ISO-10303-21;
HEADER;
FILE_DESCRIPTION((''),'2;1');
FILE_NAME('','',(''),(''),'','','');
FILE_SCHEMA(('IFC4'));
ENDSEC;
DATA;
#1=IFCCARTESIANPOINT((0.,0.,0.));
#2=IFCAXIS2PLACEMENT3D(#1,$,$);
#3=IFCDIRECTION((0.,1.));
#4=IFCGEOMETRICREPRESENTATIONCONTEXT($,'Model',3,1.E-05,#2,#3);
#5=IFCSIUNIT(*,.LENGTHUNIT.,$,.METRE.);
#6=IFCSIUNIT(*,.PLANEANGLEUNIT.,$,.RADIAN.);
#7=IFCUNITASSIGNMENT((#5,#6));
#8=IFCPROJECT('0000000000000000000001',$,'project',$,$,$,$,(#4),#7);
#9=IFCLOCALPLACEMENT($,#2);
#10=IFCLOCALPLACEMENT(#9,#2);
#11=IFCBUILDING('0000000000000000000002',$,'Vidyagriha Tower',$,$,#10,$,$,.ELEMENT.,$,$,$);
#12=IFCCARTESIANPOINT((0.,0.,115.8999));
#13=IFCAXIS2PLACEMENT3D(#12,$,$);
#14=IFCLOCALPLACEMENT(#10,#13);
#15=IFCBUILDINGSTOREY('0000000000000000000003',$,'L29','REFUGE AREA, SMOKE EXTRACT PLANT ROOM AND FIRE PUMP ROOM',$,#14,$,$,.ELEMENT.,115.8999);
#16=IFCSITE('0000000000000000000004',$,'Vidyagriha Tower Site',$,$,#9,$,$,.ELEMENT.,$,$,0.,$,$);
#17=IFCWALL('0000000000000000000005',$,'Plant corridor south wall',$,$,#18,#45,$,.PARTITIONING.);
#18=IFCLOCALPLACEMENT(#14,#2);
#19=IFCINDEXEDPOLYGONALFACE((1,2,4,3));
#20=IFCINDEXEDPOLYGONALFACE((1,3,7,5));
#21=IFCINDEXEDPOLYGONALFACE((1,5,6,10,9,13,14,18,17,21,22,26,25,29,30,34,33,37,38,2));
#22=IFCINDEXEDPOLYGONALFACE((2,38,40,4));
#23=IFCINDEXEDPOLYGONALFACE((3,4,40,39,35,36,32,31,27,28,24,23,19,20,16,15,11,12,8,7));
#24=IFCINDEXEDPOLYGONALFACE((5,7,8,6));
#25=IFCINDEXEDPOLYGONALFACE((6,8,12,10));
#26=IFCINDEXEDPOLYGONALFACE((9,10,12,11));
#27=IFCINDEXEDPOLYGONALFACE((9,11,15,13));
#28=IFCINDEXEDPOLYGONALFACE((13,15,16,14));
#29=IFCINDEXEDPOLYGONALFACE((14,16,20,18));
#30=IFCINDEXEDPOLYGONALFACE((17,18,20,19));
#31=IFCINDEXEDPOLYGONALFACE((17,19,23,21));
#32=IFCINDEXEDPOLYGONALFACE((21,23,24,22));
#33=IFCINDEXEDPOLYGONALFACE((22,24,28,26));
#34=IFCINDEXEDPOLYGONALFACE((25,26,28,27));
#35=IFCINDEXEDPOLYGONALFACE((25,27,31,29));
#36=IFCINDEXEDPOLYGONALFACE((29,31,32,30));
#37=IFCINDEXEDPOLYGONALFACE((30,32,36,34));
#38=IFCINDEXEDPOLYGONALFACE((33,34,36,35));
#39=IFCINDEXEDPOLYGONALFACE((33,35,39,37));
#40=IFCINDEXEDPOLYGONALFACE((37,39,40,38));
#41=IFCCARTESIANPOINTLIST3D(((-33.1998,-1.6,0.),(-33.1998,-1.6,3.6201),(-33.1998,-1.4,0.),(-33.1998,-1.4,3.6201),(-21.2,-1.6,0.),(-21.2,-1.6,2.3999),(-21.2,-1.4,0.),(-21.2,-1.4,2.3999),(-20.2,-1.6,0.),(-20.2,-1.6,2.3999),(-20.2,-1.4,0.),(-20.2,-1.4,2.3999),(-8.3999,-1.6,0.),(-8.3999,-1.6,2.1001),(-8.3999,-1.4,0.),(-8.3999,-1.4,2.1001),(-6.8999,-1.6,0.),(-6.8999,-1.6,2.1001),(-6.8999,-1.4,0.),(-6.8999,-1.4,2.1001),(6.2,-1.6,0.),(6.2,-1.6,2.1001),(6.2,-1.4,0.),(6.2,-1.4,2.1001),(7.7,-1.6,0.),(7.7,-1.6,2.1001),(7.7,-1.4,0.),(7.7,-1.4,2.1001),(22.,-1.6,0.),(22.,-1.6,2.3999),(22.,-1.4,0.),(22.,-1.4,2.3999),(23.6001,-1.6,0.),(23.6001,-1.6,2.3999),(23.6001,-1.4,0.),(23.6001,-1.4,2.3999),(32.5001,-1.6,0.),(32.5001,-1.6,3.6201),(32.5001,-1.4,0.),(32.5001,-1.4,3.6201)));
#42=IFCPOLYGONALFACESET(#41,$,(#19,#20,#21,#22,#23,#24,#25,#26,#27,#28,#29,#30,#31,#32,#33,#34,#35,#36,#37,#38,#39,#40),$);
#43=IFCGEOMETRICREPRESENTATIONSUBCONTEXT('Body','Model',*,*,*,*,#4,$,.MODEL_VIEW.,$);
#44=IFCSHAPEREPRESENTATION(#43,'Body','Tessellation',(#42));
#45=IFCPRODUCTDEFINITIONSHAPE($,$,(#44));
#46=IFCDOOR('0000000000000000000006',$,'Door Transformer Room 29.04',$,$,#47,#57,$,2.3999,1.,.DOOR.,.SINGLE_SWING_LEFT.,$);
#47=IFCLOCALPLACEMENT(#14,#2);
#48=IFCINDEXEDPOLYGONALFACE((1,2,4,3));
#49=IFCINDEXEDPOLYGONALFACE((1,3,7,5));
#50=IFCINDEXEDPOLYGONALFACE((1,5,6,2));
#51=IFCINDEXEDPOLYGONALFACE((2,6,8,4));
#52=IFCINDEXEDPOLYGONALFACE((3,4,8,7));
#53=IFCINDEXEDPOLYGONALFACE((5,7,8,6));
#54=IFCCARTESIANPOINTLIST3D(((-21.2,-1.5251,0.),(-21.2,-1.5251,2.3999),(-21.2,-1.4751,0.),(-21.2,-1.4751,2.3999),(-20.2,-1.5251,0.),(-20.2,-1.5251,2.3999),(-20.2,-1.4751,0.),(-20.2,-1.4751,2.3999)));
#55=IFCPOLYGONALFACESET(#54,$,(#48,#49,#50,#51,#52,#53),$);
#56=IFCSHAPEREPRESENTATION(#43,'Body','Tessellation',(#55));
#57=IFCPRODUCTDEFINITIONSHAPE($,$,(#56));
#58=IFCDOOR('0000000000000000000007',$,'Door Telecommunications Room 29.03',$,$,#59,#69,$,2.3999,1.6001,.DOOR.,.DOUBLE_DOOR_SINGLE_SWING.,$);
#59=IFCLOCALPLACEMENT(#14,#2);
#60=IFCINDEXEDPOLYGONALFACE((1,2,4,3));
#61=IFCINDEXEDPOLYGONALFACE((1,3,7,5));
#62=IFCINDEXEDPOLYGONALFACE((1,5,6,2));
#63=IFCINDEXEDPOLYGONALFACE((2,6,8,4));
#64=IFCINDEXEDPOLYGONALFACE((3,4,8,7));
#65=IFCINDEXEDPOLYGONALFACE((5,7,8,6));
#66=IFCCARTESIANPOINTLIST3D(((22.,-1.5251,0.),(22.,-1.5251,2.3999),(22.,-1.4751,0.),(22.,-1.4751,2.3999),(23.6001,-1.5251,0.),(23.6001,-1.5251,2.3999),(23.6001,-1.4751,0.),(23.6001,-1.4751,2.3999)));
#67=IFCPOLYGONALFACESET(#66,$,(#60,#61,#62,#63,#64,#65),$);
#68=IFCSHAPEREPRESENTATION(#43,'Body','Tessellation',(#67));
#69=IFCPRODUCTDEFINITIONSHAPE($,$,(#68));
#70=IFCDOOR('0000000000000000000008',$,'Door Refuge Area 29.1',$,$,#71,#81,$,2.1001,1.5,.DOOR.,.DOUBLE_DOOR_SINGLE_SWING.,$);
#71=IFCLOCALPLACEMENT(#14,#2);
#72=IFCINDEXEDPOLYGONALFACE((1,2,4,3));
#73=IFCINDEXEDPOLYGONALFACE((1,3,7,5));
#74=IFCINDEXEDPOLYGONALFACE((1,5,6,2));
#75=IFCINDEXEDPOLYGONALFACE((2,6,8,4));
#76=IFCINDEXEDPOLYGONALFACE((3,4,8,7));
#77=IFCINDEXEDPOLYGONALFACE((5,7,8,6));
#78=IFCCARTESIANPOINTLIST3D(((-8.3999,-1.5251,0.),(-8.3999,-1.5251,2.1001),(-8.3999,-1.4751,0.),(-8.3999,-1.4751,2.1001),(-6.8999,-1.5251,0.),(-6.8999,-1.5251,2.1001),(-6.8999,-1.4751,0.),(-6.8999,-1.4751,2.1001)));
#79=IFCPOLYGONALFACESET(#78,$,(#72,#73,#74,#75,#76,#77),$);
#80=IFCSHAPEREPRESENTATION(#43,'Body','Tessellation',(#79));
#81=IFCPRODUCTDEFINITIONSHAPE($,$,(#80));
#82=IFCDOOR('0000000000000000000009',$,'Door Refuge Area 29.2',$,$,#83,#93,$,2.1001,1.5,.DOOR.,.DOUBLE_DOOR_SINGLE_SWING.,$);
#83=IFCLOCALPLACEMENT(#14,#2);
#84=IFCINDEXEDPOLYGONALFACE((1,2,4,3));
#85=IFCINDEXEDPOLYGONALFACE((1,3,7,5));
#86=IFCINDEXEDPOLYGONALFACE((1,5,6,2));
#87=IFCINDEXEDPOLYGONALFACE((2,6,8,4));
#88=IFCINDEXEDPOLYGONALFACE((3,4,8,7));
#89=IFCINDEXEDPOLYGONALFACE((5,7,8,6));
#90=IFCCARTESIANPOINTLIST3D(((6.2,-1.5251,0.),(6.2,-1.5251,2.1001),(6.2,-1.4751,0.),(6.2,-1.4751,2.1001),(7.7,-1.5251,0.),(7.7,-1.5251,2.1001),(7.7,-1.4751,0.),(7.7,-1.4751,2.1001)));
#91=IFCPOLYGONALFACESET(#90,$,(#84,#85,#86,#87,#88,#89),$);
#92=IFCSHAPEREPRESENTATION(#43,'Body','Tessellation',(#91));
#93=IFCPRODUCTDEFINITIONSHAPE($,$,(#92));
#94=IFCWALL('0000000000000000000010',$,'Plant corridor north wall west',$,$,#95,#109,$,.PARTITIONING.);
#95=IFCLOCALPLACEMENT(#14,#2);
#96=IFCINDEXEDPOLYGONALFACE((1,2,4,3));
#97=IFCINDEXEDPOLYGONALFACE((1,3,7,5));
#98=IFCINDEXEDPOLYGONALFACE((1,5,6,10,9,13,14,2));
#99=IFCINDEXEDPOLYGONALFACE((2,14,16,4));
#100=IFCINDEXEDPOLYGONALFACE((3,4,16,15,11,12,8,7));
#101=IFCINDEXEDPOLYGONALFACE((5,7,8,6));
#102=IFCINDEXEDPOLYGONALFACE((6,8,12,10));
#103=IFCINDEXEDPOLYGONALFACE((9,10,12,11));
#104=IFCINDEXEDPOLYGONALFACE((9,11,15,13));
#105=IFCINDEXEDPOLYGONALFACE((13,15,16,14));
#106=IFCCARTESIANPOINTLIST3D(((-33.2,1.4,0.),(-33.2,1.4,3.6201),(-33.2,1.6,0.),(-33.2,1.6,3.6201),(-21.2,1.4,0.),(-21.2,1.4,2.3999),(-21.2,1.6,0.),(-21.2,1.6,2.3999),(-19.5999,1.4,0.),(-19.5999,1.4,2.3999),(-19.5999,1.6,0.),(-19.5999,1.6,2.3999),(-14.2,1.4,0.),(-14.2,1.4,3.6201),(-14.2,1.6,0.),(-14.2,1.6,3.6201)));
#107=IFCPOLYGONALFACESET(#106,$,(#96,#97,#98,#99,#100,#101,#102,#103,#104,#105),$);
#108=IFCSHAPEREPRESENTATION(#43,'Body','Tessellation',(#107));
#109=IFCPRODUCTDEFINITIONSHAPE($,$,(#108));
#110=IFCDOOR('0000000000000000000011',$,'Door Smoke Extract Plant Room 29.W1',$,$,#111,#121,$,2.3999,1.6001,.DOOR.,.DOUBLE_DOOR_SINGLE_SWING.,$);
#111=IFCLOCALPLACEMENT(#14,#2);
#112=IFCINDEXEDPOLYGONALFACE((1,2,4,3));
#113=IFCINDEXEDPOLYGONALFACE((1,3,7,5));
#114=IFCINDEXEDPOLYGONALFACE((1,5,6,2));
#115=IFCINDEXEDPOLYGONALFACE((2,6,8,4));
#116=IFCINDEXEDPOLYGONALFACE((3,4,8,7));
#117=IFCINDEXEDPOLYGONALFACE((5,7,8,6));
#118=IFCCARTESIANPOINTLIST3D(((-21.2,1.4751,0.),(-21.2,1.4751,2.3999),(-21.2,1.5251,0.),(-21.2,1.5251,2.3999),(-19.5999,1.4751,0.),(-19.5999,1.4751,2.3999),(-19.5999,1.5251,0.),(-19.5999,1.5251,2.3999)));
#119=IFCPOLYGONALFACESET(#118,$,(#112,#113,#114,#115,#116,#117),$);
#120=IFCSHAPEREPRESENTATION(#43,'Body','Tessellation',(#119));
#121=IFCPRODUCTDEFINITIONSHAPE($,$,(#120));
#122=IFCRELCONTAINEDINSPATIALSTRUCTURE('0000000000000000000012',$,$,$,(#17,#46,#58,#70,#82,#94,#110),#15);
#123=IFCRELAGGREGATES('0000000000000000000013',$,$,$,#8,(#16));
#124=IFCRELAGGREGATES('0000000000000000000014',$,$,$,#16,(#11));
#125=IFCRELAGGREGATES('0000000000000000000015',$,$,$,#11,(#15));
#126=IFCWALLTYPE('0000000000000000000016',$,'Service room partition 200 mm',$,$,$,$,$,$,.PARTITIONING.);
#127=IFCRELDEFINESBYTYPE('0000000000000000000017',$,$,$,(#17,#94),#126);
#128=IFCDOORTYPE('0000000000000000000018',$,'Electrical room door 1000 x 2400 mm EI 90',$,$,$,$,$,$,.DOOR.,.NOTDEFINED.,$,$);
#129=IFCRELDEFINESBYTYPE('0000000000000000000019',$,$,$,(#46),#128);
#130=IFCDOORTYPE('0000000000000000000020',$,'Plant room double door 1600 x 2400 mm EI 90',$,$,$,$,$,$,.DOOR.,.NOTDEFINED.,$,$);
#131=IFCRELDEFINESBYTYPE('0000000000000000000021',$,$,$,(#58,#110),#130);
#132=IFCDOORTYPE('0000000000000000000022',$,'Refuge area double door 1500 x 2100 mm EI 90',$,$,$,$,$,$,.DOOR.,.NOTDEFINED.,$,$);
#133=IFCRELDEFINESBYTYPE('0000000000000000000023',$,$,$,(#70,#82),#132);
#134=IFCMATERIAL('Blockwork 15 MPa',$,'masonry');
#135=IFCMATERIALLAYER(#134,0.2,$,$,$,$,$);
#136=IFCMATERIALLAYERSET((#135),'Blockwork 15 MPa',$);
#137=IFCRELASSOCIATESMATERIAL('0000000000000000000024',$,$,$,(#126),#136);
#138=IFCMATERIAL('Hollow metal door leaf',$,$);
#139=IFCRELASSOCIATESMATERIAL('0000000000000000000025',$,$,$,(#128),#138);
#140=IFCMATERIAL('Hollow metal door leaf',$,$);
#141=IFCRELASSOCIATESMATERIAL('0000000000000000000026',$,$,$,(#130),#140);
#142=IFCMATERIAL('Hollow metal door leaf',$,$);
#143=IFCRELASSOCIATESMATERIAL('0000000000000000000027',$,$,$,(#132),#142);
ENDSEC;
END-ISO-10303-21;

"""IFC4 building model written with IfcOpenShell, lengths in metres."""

from ifc_helpers import new_model, si_unit, direction, frame, frame_2d, origin, place, context, subcontext, project, spatial, rectangle, extrude, material, layer, layer_set, type_object, element, fill, save


model = new_model("IFC4")

# Units and contexts
model_context = context("Model", 3, precision=1e-05, world=origin(), true_north=direction((0.0, 1.0)))
body_context = subcontext(model_context, "Body", "Model", "MODEL_VIEW")
ifc_project = project(units=[si_unit("LENGTHUNIT", "METRE"), si_unit("PLANEANGLEUNIT", "RADIAN")], contexts=[model_context])

# Site, building, storey
site_placement = place(None, origin())
site = spatial("IfcSite", under=ifc_project, at=site_placement, Name="Vidyagriha Tower Site", CompositionType="ELEMENT", RefElevation=0.0)
building_placement = place(site_placement, origin())
building = spatial("IfcBuilding", under=site, at=building_placement, Name="Vidyagriha Tower", CompositionType="ELEMENT")
storey_placement = place(building_placement, frame((0.0, 0.0, 115.8999)))
storey = spatial("IfcBuildingStorey", under=building, at=storey_placement, Name="L29", Description="REFUGE AREA, SMOKE EXTRACT PLANT ROOM AND FIRE PUMP ROOM", CompositionType="ELEMENT", Elevation=115.8999)

# Wall, openings, doors
ifc_material_1 = material(Name="Blockwork 15 MPa", Category="masonry")
ifc_layer_1 = layer(ifc_material_1, 0.2)
ifc_layer_set_1 = layer_set([ifc_layer_1], Name="Blockwork 15 MPa")
wall_type = type_object("IfcWallType", Name="Service room partition 200 mm", PredefinedType="PARTITIONING", material=ifc_layer_set_1)
wall_1_placement = place(storey_placement, frame((-33.2, -1.5, 0.0)))
wall_1 = element("IfcWall", 1, at=wall_1_placement, inside=storey, type_object=wall_type, Name="Plant corridor south wall", PredefinedType="PARTITIONING", context=body_context, shape_type="SweptSolid", body=[
    extrude(rectangle(XDim=65.7, YDim=0.2, at=frame_2d((32.8501, 0.0))), origin(), (0.0, 0.0, 1.0), 3.6201),
])
opening_1_placement = place(wall_1_placement, frame((24.8, 0.0, 0.0)))
opening_1 = element("IfcOpeningElement", 2, at=opening_1_placement, cuts=wall_1, PredefinedType="OPENING", context=body_context, shape_type="SweptSolid", body=[
    extrude(rectangle(XDim=1.5, YDim=2.1001, at=frame_2d((0.75, 1.05))), frame((0.0, 0.1099, 0.0), z_axis=(0.0, -1.0, 0.0), x_axis=(1.0, 0.0, 0.0)), (0.0, 0.0, 1.0), 0.22),
])
opening_2_placement = place(wall_1_placement, frame((39.3999, 0.0, 0.0)))
opening_2 = element("IfcOpeningElement", 3, at=opening_2_placement, cuts=wall_1, PredefinedType="OPENING", context=body_context, shape_type="SweptSolid", body=[
    extrude(rectangle(XDim=1.5, YDim=2.1001, at=frame_2d((0.75, 1.05))), frame((0.0, 0.1099, 0.0), z_axis=(0.0, -1.0, 0.0), x_axis=(1.0, 0.0, 0.0)), (0.0, 0.0, 1.0), 0.22),
])
opening_3_placement = place(wall_1_placement, frame((55.2, 0.0, 0.0)))
opening_3 = element("IfcOpeningElement", 4, at=opening_3_placement, cuts=wall_1, PredefinedType="OPENING", context=body_context, shape_type="SweptSolid", body=[
    extrude(rectangle(XDim=1.6001, YDim=2.3999, at=frame_2d((0.8, 1.2))), frame((0.0, 0.1099, 0.0), z_axis=(0.0, -1.0, 0.0), x_axis=(1.0, 0.0, 0.0)), (0.0, 0.0, 1.0), 0.22),
])
opening_4_placement = place(wall_1_placement, frame((12.0, 0.0, 0.0)))
opening_4 = element("IfcOpeningElement", 5, at=opening_4_placement, cuts=wall_1, PredefinedType="OPENING", context=body_context, shape_type="SweptSolid", body=[
    extrude(rectangle(XDim=1.0, YDim=2.3999, at=frame_2d((0.5, 1.2))), frame((0.0, 0.1099, 0.0), z_axis=(0.0, -1.0, 0.0), x_axis=(1.0, 0.0, 0.0)), (0.0, 0.0, 1.0), 0.22),
])
ifc_material_2 = material(Name="Hollow metal door leaf")
door_type_1 = type_object("IfcDoorType", Name="Electrical room door 1000 x 2400 mm EI 90", OperationType="NOTDEFINED", PredefinedType="DOOR", material=ifc_material_2)
door_1_placement = place(opening_4_placement, origin())
door_1 = element("IfcDoor", 6, at=door_1_placement, inside=storey, type_object=door_type_1, Name="Door Transformer Room 29.04", OperationType="SINGLE_SWING_LEFT", OverallHeight=2.3999, OverallWidth=1.0, PredefinedType="DOOR", context=body_context, shape_type="SweptSolid", body=[
    extrude(rectangle(XDim=1.0, YDim=2.3999, at=frame_2d((0.5, 1.2))), frame((0.0, 0.0249, 0.0), z_axis=(0.0, -1.0, 0.0), x_axis=(1.0, 0.0, 0.0)), (0.0, 0.0, 1.0), 0.05),
])
fill(opening_4, door_1)
ifc_material_3 = material(Name="Hollow metal door leaf")
door_type_2 = type_object("IfcDoorType", Name="Plant room double door 1600 x 2400 mm EI 90", OperationType="NOTDEFINED", PredefinedType="DOOR", material=ifc_material_3)
door_2_placement = place(opening_3_placement, origin())
door_2 = element("IfcDoor", 7, at=door_2_placement, inside=storey, type_object=door_type_2, Name="Door Telecommunications Room 29.03", OperationType="DOUBLE_DOOR_SINGLE_SWING", OverallHeight=2.3999, OverallWidth=1.6001, PredefinedType="DOOR", context=body_context, shape_type="SweptSolid", body=[
    extrude(rectangle(XDim=1.6001, YDim=2.3999, at=frame_2d((0.8, 1.2))), frame((0.0, 0.0249, 0.0), z_axis=(0.0, -1.0, 0.0), x_axis=(1.0, 0.0, 0.0)), (0.0, 0.0, 1.0), 0.05),
])
fill(opening_3, door_2)
ifc_material_4 = material(Name="Hollow metal door leaf")
door_type_3 = type_object("IfcDoorType", Name="Refuge area double door 1500 x 2100 mm EI 90", OperationType="NOTDEFINED", PredefinedType="DOOR", material=ifc_material_4)
door_3_placement = place(opening_1_placement, origin())
door_3 = element("IfcDoor", 8, at=door_3_placement, inside=storey, type_object=door_type_3, Name="Door Refuge Area 29.1", OperationType="DOUBLE_DOOR_SINGLE_SWING", OverallHeight=2.1001, OverallWidth=1.5, PredefinedType="DOOR", context=body_context, shape_type="SweptSolid", body=[
    extrude(rectangle(XDim=1.5, YDim=2.1001, at=frame_2d((0.75, 1.05))), frame((0.0, 0.0249, 0.0), z_axis=(0.0, -1.0, 0.0), x_axis=(1.0, 0.0, 0.0)), (0.0, 0.0, 1.0), 0.05),
])
fill(opening_1, door_3)
door_4_placement = place(opening_2_placement, origin())
door_4 = element("IfcDoor", 9, at=door_4_placement, inside=storey, type_object=door_type_3, Name="Door Refuge Area 29.2", OperationType="DOUBLE_DOOR_SINGLE_SWING", OverallHeight=2.1001, OverallWidth=1.5, PredefinedType="DOOR", context=body_context, shape_type="SweptSolid", body=[
    extrude(rectangle(XDim=1.5, YDim=2.1001, at=frame_2d((0.75, 1.05))), frame((0.0, 0.0249, 0.0), z_axis=(0.0, -1.0, 0.0), x_axis=(1.0, 0.0, 0.0)), (0.0, 0.0, 1.0), 0.05),
])
fill(opening_2, door_4)

# Wall, opening, door
wall_2_placement = place(storey_placement, frame((-33.2, 1.5, 0.0)))
wall_2 = element("IfcWall", 10, at=wall_2_placement, inside=storey, type_object=wall_type, Name="Plant corridor north wall west", PredefinedType="PARTITIONING", context=body_context, shape_type="SweptSolid", body=[
    extrude(rectangle(XDim=19.0, YDim=0.2, at=frame_2d((9.5, 0.0))), origin(), (0.0, 0.0, 1.0), 3.6201),
])
opening_5_placement = place(wall_2_placement, frame((12.0, 0.0, 0.0)))
opening_5 = element("IfcOpeningElement", 11, at=opening_5_placement, cuts=wall_2, PredefinedType="OPENING", context=body_context, shape_type="SweptSolid", body=[
    extrude(rectangle(XDim=1.6001, YDim=2.3999, at=frame_2d((0.8, 1.2))), frame((0.0, 0.1099, 0.0), z_axis=(0.0, -1.0, 0.0), x_axis=(1.0, 0.0, 0.0)), (0.0, 0.0, 1.0), 0.22),
])
door_5_placement = place(opening_5_placement, frame((1.6001, 0.0, 0.0), z_axis=(0.0, 0.0, 1.0), x_axis=(-1.0, 0.0, 0.0)))
door_5 = element("IfcDoor", 12, at=door_5_placement, inside=storey, type_object=door_type_2, Name="Door Smoke Extract Plant Room 29.W1", OperationType="DOUBLE_DOOR_SINGLE_SWING", OverallHeight=2.3999, OverallWidth=1.6001, PredefinedType="DOOR", context=body_context, shape_type="SweptSolid", body=[
    extrude(rectangle(XDim=1.6001, YDim=2.3999, at=frame_2d((0.8, 1.2))), frame((0.0, 0.0249, 0.0), z_axis=(0.0, -1.0, 0.0), x_axis=(1.0, 0.0, 0.0)), (0.0, 0.0, 1.0), 0.05),
])
fill(opening_5, door_5)

save(model, "model.ifc")
